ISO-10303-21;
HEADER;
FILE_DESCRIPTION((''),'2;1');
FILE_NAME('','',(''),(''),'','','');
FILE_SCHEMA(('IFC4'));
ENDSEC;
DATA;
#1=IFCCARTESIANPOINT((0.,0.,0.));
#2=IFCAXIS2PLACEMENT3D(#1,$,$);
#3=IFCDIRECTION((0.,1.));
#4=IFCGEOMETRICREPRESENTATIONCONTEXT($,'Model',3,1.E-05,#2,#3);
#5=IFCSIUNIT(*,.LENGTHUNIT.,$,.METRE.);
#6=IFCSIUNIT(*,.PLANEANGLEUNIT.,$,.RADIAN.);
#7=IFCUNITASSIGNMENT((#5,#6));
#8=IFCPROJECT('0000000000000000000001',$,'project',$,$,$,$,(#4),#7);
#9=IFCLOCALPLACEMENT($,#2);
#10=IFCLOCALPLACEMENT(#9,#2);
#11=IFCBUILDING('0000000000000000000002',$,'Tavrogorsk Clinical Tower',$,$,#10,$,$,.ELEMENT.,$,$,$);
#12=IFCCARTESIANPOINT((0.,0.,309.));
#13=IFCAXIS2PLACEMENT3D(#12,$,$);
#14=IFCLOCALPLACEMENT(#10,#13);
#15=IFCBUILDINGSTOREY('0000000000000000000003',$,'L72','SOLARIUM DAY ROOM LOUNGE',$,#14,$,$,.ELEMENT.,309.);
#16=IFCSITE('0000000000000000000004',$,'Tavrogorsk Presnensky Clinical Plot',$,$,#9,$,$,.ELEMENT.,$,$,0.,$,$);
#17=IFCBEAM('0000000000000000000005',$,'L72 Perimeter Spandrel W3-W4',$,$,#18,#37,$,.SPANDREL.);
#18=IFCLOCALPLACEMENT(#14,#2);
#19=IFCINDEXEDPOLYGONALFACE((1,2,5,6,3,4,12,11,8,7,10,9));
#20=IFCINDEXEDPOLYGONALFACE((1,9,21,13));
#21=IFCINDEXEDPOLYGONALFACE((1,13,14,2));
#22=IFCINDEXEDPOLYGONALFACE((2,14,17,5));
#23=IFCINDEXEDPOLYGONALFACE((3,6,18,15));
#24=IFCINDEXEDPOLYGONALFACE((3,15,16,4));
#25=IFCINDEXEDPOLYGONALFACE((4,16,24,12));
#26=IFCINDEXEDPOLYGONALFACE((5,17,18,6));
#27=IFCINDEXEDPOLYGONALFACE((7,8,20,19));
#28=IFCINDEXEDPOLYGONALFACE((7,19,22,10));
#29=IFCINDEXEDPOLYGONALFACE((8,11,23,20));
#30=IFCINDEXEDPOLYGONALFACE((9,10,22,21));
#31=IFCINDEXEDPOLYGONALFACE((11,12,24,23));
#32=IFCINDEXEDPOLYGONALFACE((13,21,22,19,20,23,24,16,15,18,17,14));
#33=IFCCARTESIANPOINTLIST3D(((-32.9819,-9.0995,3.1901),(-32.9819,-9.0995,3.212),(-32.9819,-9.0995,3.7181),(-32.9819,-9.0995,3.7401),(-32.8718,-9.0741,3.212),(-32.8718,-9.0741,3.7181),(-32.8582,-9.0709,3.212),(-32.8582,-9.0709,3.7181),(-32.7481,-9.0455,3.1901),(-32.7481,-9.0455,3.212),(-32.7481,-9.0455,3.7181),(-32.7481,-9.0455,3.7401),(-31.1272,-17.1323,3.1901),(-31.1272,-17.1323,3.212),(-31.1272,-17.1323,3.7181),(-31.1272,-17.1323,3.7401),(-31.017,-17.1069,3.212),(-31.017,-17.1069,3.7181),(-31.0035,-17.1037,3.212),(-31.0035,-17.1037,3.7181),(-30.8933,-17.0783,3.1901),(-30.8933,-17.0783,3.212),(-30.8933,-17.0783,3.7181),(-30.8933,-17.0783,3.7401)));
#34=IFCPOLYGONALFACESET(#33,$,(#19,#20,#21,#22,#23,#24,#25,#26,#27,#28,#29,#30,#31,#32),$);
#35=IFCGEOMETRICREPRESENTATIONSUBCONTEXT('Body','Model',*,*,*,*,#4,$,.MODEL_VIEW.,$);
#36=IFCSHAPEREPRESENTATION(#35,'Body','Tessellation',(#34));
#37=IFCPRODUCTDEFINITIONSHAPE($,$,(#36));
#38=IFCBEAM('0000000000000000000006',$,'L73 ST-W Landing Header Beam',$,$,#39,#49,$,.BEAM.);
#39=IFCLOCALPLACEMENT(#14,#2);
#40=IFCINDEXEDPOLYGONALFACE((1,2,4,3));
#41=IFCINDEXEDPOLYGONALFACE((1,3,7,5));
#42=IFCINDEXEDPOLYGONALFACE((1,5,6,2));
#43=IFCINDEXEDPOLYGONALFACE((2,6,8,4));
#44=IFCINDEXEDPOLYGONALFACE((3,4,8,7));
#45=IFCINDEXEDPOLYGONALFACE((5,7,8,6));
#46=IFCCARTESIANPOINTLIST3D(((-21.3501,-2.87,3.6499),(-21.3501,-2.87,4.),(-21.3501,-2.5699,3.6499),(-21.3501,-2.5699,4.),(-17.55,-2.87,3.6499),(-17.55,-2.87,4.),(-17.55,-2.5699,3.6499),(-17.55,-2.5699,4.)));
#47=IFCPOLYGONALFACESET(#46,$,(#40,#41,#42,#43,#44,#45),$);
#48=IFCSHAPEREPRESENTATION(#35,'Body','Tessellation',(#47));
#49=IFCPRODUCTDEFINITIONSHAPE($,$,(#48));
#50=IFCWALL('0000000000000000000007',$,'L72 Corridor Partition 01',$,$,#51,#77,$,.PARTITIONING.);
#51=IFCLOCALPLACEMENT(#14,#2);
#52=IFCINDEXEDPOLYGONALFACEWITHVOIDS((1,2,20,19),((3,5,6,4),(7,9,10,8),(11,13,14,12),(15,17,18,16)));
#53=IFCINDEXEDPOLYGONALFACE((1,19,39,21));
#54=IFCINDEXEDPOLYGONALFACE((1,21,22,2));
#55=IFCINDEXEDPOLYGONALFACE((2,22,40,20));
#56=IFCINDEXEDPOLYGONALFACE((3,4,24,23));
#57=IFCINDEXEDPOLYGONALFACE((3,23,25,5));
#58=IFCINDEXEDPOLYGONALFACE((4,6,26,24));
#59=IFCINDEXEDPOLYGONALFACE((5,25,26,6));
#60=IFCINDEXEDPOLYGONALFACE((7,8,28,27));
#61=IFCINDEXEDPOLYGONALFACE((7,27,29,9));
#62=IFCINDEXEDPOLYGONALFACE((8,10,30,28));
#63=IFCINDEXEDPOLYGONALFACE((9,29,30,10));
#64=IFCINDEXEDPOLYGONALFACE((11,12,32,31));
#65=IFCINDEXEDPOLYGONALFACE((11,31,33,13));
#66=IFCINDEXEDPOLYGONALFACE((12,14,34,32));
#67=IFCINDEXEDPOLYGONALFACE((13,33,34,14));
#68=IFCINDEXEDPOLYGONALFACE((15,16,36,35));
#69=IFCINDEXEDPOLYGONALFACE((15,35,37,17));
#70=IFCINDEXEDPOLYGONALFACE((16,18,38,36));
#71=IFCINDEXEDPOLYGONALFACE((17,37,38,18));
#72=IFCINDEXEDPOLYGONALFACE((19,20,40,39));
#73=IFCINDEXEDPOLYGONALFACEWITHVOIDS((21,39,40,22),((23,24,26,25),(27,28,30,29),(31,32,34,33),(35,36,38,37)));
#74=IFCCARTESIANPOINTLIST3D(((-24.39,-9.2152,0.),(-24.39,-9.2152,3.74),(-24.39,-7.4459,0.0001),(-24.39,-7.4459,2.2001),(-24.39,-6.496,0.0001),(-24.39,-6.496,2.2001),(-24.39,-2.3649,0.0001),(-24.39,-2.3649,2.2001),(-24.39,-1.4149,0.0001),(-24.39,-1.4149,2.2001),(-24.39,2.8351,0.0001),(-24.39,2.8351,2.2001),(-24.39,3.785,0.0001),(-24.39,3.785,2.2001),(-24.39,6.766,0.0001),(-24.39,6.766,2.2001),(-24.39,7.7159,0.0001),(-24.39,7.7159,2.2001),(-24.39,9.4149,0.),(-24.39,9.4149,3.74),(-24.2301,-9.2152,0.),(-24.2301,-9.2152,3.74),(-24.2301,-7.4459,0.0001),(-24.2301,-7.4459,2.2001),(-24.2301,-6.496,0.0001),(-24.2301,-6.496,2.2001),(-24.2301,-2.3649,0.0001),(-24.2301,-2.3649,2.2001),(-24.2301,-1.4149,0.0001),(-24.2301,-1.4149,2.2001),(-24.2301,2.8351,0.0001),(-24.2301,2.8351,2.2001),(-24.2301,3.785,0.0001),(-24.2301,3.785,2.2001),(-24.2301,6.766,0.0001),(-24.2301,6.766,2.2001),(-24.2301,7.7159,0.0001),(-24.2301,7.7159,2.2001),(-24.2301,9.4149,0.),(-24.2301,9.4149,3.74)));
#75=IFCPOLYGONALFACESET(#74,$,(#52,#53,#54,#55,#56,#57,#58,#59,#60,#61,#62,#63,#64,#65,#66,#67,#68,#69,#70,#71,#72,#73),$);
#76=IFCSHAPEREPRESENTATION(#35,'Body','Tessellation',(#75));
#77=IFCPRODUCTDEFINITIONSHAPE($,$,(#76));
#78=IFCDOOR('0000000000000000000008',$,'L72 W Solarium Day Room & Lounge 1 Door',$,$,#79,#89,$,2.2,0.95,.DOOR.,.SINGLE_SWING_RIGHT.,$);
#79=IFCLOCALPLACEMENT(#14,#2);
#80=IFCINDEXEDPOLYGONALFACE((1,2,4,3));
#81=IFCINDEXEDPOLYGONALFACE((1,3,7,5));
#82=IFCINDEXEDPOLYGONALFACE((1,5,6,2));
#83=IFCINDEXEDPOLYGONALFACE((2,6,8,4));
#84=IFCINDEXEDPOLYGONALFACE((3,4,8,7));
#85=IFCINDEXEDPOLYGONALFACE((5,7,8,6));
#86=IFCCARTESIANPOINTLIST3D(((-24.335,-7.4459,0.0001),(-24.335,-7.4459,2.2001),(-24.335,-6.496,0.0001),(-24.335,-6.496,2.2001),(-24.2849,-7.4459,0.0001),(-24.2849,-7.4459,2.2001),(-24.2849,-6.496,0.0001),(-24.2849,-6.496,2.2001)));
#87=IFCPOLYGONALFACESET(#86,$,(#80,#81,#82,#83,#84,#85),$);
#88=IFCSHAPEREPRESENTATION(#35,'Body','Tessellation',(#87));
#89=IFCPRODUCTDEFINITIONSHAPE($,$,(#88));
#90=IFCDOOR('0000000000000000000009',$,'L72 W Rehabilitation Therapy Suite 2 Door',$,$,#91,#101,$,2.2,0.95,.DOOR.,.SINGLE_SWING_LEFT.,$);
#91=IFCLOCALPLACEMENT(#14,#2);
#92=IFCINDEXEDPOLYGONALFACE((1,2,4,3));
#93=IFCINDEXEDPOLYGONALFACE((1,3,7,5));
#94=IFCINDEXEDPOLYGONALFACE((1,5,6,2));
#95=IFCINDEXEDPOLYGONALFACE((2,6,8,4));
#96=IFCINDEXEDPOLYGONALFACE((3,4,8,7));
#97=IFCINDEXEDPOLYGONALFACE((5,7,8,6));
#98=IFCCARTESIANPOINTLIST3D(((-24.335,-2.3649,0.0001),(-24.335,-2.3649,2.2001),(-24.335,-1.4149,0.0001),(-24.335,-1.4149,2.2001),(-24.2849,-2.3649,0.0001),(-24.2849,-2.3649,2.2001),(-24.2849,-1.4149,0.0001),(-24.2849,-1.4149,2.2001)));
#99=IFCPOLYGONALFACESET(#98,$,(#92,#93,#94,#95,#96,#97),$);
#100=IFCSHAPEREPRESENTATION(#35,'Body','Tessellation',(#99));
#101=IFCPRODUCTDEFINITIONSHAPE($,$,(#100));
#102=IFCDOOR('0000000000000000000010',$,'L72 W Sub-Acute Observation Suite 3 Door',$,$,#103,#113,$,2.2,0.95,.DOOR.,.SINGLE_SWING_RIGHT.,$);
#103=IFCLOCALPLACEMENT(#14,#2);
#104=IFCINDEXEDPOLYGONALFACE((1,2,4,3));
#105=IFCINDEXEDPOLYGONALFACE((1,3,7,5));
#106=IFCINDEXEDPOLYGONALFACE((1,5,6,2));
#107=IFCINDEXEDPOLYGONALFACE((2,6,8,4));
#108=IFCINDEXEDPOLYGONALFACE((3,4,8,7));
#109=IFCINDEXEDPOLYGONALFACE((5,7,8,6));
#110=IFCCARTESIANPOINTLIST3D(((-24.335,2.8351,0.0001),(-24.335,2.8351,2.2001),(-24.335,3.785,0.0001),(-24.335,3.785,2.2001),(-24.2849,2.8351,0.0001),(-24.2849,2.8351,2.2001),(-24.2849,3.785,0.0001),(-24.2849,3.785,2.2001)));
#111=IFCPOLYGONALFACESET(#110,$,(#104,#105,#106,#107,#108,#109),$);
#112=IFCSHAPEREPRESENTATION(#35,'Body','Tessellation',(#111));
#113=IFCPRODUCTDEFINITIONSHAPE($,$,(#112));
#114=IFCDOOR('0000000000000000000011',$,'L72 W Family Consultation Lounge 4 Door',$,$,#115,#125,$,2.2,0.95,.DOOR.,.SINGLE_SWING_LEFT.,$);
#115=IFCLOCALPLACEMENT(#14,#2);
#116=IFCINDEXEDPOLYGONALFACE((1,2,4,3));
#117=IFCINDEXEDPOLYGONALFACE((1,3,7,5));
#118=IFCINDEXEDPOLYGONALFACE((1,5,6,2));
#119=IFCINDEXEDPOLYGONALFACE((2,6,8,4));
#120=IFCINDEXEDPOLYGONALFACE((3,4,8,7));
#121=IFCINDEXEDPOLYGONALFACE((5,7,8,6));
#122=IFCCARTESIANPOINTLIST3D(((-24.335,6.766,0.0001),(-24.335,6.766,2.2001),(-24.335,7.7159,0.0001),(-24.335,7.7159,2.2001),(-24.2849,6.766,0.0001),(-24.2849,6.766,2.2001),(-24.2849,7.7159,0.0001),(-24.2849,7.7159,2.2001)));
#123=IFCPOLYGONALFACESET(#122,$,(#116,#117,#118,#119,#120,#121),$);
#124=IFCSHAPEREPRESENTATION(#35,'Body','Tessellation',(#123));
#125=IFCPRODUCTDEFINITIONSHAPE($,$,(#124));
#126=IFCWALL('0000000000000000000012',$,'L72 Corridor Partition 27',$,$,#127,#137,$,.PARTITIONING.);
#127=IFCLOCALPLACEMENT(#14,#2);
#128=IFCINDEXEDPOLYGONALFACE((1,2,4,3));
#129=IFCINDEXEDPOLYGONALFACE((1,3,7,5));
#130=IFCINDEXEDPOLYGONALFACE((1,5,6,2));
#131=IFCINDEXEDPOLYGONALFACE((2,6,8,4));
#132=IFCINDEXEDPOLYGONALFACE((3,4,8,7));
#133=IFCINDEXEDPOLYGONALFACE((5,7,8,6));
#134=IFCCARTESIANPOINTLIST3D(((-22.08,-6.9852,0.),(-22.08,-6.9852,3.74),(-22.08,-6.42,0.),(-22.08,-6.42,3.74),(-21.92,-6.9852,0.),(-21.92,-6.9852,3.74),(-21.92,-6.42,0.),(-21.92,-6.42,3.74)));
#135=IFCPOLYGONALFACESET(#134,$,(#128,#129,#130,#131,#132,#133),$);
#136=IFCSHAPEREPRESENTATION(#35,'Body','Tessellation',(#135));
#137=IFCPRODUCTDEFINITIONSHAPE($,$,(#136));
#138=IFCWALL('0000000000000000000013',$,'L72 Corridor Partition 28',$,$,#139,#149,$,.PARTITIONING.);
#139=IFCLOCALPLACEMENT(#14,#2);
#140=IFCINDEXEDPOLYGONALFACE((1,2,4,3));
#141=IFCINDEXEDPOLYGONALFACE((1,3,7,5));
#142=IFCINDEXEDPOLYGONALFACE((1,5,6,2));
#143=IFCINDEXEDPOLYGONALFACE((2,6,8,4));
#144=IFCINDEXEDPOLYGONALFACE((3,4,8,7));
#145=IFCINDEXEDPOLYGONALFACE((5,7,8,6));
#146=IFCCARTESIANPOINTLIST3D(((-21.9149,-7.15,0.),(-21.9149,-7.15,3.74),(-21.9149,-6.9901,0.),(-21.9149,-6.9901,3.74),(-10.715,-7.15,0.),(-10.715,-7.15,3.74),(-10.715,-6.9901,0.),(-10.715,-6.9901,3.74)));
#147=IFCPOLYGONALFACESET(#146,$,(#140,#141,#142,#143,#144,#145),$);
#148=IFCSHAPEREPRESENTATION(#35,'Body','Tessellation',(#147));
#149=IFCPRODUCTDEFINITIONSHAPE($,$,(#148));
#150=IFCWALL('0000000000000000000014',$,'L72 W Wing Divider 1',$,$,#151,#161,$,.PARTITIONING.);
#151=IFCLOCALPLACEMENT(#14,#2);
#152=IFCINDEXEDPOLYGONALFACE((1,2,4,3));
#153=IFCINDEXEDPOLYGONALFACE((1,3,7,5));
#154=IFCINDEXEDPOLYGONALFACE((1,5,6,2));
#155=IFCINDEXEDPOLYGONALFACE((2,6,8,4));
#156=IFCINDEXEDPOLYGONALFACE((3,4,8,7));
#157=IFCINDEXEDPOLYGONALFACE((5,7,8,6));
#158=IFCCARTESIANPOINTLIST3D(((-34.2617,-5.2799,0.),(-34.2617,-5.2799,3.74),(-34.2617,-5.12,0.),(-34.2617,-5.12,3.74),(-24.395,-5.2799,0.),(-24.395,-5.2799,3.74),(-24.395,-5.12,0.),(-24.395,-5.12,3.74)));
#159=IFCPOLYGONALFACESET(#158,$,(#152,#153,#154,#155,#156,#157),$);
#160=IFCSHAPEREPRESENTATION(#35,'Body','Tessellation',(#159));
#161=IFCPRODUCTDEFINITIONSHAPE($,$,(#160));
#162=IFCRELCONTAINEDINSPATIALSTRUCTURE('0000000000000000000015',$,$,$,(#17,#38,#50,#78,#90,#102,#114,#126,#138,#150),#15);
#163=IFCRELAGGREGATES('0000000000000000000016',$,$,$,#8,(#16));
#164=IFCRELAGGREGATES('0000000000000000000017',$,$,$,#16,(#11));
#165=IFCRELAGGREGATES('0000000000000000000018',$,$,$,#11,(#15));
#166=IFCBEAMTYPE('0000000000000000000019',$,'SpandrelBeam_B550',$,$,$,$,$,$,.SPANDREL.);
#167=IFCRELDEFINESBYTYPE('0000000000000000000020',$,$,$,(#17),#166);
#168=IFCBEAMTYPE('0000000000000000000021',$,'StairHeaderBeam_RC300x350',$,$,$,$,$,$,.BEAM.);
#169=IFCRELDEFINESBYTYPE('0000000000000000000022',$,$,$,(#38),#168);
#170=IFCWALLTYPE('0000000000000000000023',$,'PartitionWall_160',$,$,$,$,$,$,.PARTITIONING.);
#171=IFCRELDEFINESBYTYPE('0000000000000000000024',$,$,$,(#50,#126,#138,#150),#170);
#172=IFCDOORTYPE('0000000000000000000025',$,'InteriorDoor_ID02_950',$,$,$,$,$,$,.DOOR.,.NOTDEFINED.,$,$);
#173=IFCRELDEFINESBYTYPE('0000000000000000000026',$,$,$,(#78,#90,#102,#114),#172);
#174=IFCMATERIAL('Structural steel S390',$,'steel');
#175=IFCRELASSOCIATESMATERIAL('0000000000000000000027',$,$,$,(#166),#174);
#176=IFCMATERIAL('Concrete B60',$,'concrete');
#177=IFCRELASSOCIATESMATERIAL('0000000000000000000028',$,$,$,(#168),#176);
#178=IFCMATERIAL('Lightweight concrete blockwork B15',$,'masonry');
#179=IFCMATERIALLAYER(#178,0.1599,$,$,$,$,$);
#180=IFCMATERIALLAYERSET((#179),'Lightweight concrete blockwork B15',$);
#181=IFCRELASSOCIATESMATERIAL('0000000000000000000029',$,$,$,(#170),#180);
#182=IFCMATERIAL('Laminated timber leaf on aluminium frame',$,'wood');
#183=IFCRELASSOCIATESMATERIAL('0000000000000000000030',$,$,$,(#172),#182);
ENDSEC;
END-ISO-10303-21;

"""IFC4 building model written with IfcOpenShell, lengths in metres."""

from ifc_helpers import new_model, si_unit, direction, frame, frame_2d, origin, origin_2d, place, context, subcontext, project, spatial, rectangle, i_section, extrude, material, layer, layer_set, material_profile, profile_set, type_object, element, fill, save


model = new_model("IFC4")

# Units and contexts
model_context = context("Model", 3, precision=1e-05, world=origin(), true_north=direction((0.0, 1.0)))
body_context = subcontext(model_context, "Body", "Model", "MODEL_VIEW")
ifc_project = project(units=[si_unit("LENGTHUNIT", "METRE"), si_unit("PLANEANGLEUNIT", "RADIAN")], contexts=[model_context])

# Site, building, storey
site_placement = place(None, origin())
site = spatial("IfcSite", under=ifc_project, at=site_placement, Name="Tavrogorsk Presnensky Clinical Plot", CompositionType="ELEMENT", RefElevation=0.0)
building_placement = place(site_placement, origin())
building = spatial("IfcBuilding", under=site, at=building_placement, Name="Tavrogorsk Clinical Tower", CompositionType="ELEMENT")
storey_placement = place(building_placement, frame((0.0, 0.0, 309.0)))
storey = spatial("IfcBuildingStorey", under=building, at=storey_placement, Name="L72", Description="SOLARIUM DAY ROOM LOUNGE", CompositionType="ELEMENT", Elevation=309.0)

# Beams
ifc_material_1 = material(Name="Structural steel S390", Category="steel")
ifc_material_profile_1 = material_profile(ifc_material_1, i_section(OverallWidth=0.24, OverallDepth=0.55, WebThickness=0.0139, FlangeThickness=0.022, at=origin_2d()), Name="B-550x240x14x22")
ifc_profile_set_1 = profile_set([ifc_material_profile_1], Name="Structural steel S390")
beam_type_1 = type_object("IfcBeamType", Name="SpandrelBeam_B550", PredefinedType="SPANDREL", material=ifc_profile_set_1)
beam_1_placement = place(storey_placement, frame((-32.865, -9.0725, 3.4651), z_axis=(0.224978, -0.974364, 0.0), x_axis=(0.974364, 0.224978, 0.0)))
element("IfcBeam", 1, at=beam_1_placement, inside=storey, type_object=beam_type_1, Name="L72 Perimeter Spandrel W3-W4", PredefinedType="SPANDREL", context=body_context, shape_type="SweptSolid", body=[
    extrude(i_section(OverallWidth=0.24, OverallDepth=0.55, WebThickness=0.0139, FlangeThickness=0.022, at=origin_2d()), origin(), (0.0, 0.0, 1.0), 8.2441),
])
ifc_material_2 = material(Name="Concrete B60", Category="concrete")
ifc_material_profile_2 = material_profile(ifc_material_2, rectangle(XDim=0.3, YDim=0.3501, at=origin_2d()), Name="RC-SHB-300x350")
ifc_profile_set_2 = profile_set([ifc_material_profile_2], Name="Concrete B60")
beam_type_2 = type_object("IfcBeamType", Name="StairHeaderBeam_RC300x350", PredefinedType="BEAM", material=ifc_profile_set_2)
beam_2_placement = place(storey_placement, frame((-21.3501, -2.72, 3.825), z_axis=(1.0, 0.0, 0.0), x_axis=(0.0, 1.0, 0.0)))
element("IfcBeam", 2, at=beam_2_placement, inside=storey, type_object=beam_type_2, Name="L73 ST-W Landing Header Beam", PredefinedType="BEAM", context=body_context, shape_type="SweptSolid", body=[
    extrude(rectangle(XDim=0.3, YDim=0.3501, at=origin_2d()), origin(), (0.0, 0.0, 1.0), 3.8),
])

# Wall, openings, doors
ifc_material_3 = material(Name="Lightweight concrete blockwork B15", Category="masonry")
ifc_layer_1 = layer(ifc_material_3, 0.1599)
ifc_layer_set_1 = layer_set([ifc_layer_1], Name="Lightweight concrete blockwork B15")
wall_type_1 = type_object("IfcWallType", Name="PartitionWall_160", PredefinedType="PARTITIONING", material=ifc_layer_set_1)
wall_1_placement = place(storey_placement, frame((-24.3101, -9.2151, 0.0), z_axis=(0.0, 0.0, 1.0), x_axis=(0.0, 1.0, 0.0)))
wall_1 = element("IfcWall", 3, at=wall_1_placement, inside=storey, type_object=wall_type_1, Name="L72 Corridor Partition 01", PredefinedType="PARTITIONING", context=body_context, shape_type="SweptSolid", body=[
    extrude(rectangle(XDim=18.6301, YDim=0.1599, at=frame_2d((9.3149, 0.0))), origin(), (0.0, 0.0, 1.0), 3.74),
])
opening_1_placement = place(wall_1_placement, frame((1.769, 0.0, 0.0)))
opening_1 = element("IfcOpeningElement", 4, at=opening_1_placement, cuts=wall_1, PredefinedType="OPENING", context=body_context, shape_type="SweptSolid", body=[
    extrude(rectangle(XDim=0.95, YDim=2.2, at=frame_2d((0.4751, 1.1001))), frame((0.0, 0.0898, 0.0), z_axis=(0.0, -1.0, 0.0), x_axis=(1.0, 0.0, 0.0)), (0.0, 0.0, 1.0), 0.1799),
])
opening_2_placement = place(wall_1_placement, frame((6.8501, 0.0, 0.0)))
opening_2 = element("IfcOpeningElement", 5, at=opening_2_placement, cuts=wall_1, PredefinedType="OPENING", context=body_context, shape_type="SweptSolid", body=[
    extrude(rectangle(XDim=0.95, YDim=2.2, at=frame_2d((0.4751, 1.1001))), frame((0.0, 0.0898, 0.0), z_axis=(0.0, -1.0, 0.0), x_axis=(1.0, 0.0, 0.0)), (0.0, 0.0, 1.0), 0.1799),
])
opening_3_placement = place(wall_1_placement, frame((12.05, 0.0, 0.0)))
opening_3 = element("IfcOpeningElement", 6, at=opening_3_placement, cuts=wall_1, PredefinedType="OPENING", context=body_context, shape_type="SweptSolid", body=[
    extrude(rectangle(XDim=0.95, YDim=2.2, at=frame_2d((0.4751, 1.1001))), frame((0.0, 0.0898, 0.0), z_axis=(0.0, -1.0, 0.0), x_axis=(1.0, 0.0, 0.0)), (0.0, 0.0, 1.0), 0.1799),
])
opening_4_placement = place(wall_1_placement, frame((15.981, 0.0, 0.0)))
opening_4 = element("IfcOpeningElement", 7, at=opening_4_placement, cuts=wall_1, PredefinedType="OPENING", context=body_context, shape_type="SweptSolid", body=[
    extrude(rectangle(XDim=0.95, YDim=2.2, at=frame_2d((0.4751, 1.1001))), frame((0.0, 0.0898, 0.0), z_axis=(0.0, -1.0, 0.0), x_axis=(1.0, 0.0, 0.0)), (0.0, 0.0, 1.0), 0.1799),
])
ifc_material_4 = material(Name="Laminated timber leaf on aluminium frame", Category="wood")
door_type = type_object("IfcDoorType", Name="InteriorDoor_ID02_950", OperationType="NOTDEFINED", PredefinedType="DOOR", material=ifc_material_4)
door_1_placement = place(opening_1_placement, origin())
door_1 = element("IfcDoor", 8, at=door_1_placement, inside=storey, type_object=door_type, Name="L72 W Solarium Day Room & Lounge 1 Door", OperationType="SINGLE_SWING_RIGHT", OverallHeight=2.2, OverallWidth=0.95, PredefinedType="DOOR", context=body_context, shape_type="SweptSolid", body=[
    extrude(rectangle(XDim=0.95, YDim=2.2, at=frame_2d((0.4751, 1.1001))), frame((0.0, 0.0249, 0.0), z_axis=(0.0, -1.0, 0.0), x_axis=(1.0, 0.0, 0.0)), (0.0, 0.0, 1.0), 0.05),
])
fill(opening_1, door_1)
door_2_placement = place(opening_2_placement, origin())
door_2 = element("IfcDoor", 9, at=door_2_placement, inside=storey, type_object=door_type, Name="L72 W Rehabilitation Therapy Suite 2 Door", OperationType="SINGLE_SWING_LEFT", OverallHeight=2.2, OverallWidth=0.95, PredefinedType="DOOR", context=body_context, shape_type="SweptSolid", body=[
    extrude(rectangle(XDim=0.95, YDim=2.2, at=frame_2d((0.4751, 1.1001))), frame((0.0, 0.0249, 0.0), z_axis=(0.0, -1.0, 0.0), x_axis=(1.0, 0.0, 0.0)), (0.0, 0.0, 1.0), 0.05),
])
fill(opening_2, door_2)
door_3_placement = place(opening_3_placement, origin())
door_3 = element("IfcDoor", 10, at=door_3_placement, inside=storey, type_object=door_type, Name="L72 W Sub-Acute Observation Suite 3 Door", OperationType="SINGLE_SWING_RIGHT", OverallHeight=2.2, OverallWidth=0.95, PredefinedType="DOOR", context=body_context, shape_type="SweptSolid", body=[
    extrude(rectangle(XDim=0.95, YDim=2.2, at=frame_2d((0.4751, 1.1001))), frame((0.0, 0.0249, 0.0), z_axis=(0.0, -1.0, 0.0), x_axis=(1.0, 0.0, 0.0)), (0.0, 0.0, 1.0), 0.05),
])
fill(opening_3, door_3)
door_4_placement = place(opening_4_placement, origin())
door_4 = element("IfcDoor", 11, at=door_4_placement, inside=storey, type_object=door_type, Name="L72 W Family Consultation Lounge 4 Door", OperationType="SINGLE_SWING_LEFT", OverallHeight=2.2, OverallWidth=0.95, PredefinedType="DOOR", context=body_context, shape_type="SweptSolid", body=[
    extrude(rectangle(XDim=0.95, YDim=2.2, at=frame_2d((0.4751, 1.1001))), frame((0.0, 0.0249, 0.0), z_axis=(0.0, -1.0, 0.0), x_axis=(1.0, 0.0, 0.0)), (0.0, 0.0, 1.0), 0.05),
])
fill(opening_4, door_4)

# Walls
wall_2_placement = place(storey_placement, frame((-22.0, -6.4199, 0.0), z_axis=(0.0, 0.0, 1.0), x_axis=(0.0, -1.0, 0.0)))
element("IfcWall", 12, at=wall_2_placement, inside=storey, type_object=wall_type_1, Name="L72 Corridor Partition 27", PredefinedType="PARTITIONING", context=body_context, shape_type="SweptSolid", body=[
    extrude(rectangle(XDim=0.5652, YDim=0.1599, at=frame_2d((0.2827, 0.0))), origin(), (0.0, 0.0, 1.0), 3.74),
])
wall_3_placement = place(storey_placement, frame((-21.915, -7.0701, 0.0), z_axis=(0.0, 0.0, 1.0), x_axis=(1.0, 0.0, 0.0)))
element("IfcWall", 13, at=wall_3_placement, inside=storey, type_object=wall_type_1, Name="L72 Corridor Partition 28", PredefinedType="PARTITIONING", context=body_context, shape_type="SweptSolid", body=[
    extrude(rectangle(XDim=11.2, YDim=0.1599, at=frame_2d((5.6001, 0.0))), origin(), (0.0, 0.0, 1.0), 3.74),
])
wall_4_placement = place(storey_placement, frame((-34.2617, -5.2, 0.0), z_axis=(0.0, 0.0, 1.0), x_axis=(1.0, 0.0, 0.0)))
element("IfcWall", 14, at=wall_4_placement, inside=storey, type_object=wall_type_1, Name="L72 W Wing Divider 1", PredefinedType="PARTITIONING", context=body_context, shape_type="SweptSolid", body=[
    extrude(rectangle(XDim=9.8667, YDim=0.1599, at=frame_2d((4.9333, 0.0))), origin(), (0.0, 0.0, 1.0), 3.74),
])

save(model, "model.ifc")
